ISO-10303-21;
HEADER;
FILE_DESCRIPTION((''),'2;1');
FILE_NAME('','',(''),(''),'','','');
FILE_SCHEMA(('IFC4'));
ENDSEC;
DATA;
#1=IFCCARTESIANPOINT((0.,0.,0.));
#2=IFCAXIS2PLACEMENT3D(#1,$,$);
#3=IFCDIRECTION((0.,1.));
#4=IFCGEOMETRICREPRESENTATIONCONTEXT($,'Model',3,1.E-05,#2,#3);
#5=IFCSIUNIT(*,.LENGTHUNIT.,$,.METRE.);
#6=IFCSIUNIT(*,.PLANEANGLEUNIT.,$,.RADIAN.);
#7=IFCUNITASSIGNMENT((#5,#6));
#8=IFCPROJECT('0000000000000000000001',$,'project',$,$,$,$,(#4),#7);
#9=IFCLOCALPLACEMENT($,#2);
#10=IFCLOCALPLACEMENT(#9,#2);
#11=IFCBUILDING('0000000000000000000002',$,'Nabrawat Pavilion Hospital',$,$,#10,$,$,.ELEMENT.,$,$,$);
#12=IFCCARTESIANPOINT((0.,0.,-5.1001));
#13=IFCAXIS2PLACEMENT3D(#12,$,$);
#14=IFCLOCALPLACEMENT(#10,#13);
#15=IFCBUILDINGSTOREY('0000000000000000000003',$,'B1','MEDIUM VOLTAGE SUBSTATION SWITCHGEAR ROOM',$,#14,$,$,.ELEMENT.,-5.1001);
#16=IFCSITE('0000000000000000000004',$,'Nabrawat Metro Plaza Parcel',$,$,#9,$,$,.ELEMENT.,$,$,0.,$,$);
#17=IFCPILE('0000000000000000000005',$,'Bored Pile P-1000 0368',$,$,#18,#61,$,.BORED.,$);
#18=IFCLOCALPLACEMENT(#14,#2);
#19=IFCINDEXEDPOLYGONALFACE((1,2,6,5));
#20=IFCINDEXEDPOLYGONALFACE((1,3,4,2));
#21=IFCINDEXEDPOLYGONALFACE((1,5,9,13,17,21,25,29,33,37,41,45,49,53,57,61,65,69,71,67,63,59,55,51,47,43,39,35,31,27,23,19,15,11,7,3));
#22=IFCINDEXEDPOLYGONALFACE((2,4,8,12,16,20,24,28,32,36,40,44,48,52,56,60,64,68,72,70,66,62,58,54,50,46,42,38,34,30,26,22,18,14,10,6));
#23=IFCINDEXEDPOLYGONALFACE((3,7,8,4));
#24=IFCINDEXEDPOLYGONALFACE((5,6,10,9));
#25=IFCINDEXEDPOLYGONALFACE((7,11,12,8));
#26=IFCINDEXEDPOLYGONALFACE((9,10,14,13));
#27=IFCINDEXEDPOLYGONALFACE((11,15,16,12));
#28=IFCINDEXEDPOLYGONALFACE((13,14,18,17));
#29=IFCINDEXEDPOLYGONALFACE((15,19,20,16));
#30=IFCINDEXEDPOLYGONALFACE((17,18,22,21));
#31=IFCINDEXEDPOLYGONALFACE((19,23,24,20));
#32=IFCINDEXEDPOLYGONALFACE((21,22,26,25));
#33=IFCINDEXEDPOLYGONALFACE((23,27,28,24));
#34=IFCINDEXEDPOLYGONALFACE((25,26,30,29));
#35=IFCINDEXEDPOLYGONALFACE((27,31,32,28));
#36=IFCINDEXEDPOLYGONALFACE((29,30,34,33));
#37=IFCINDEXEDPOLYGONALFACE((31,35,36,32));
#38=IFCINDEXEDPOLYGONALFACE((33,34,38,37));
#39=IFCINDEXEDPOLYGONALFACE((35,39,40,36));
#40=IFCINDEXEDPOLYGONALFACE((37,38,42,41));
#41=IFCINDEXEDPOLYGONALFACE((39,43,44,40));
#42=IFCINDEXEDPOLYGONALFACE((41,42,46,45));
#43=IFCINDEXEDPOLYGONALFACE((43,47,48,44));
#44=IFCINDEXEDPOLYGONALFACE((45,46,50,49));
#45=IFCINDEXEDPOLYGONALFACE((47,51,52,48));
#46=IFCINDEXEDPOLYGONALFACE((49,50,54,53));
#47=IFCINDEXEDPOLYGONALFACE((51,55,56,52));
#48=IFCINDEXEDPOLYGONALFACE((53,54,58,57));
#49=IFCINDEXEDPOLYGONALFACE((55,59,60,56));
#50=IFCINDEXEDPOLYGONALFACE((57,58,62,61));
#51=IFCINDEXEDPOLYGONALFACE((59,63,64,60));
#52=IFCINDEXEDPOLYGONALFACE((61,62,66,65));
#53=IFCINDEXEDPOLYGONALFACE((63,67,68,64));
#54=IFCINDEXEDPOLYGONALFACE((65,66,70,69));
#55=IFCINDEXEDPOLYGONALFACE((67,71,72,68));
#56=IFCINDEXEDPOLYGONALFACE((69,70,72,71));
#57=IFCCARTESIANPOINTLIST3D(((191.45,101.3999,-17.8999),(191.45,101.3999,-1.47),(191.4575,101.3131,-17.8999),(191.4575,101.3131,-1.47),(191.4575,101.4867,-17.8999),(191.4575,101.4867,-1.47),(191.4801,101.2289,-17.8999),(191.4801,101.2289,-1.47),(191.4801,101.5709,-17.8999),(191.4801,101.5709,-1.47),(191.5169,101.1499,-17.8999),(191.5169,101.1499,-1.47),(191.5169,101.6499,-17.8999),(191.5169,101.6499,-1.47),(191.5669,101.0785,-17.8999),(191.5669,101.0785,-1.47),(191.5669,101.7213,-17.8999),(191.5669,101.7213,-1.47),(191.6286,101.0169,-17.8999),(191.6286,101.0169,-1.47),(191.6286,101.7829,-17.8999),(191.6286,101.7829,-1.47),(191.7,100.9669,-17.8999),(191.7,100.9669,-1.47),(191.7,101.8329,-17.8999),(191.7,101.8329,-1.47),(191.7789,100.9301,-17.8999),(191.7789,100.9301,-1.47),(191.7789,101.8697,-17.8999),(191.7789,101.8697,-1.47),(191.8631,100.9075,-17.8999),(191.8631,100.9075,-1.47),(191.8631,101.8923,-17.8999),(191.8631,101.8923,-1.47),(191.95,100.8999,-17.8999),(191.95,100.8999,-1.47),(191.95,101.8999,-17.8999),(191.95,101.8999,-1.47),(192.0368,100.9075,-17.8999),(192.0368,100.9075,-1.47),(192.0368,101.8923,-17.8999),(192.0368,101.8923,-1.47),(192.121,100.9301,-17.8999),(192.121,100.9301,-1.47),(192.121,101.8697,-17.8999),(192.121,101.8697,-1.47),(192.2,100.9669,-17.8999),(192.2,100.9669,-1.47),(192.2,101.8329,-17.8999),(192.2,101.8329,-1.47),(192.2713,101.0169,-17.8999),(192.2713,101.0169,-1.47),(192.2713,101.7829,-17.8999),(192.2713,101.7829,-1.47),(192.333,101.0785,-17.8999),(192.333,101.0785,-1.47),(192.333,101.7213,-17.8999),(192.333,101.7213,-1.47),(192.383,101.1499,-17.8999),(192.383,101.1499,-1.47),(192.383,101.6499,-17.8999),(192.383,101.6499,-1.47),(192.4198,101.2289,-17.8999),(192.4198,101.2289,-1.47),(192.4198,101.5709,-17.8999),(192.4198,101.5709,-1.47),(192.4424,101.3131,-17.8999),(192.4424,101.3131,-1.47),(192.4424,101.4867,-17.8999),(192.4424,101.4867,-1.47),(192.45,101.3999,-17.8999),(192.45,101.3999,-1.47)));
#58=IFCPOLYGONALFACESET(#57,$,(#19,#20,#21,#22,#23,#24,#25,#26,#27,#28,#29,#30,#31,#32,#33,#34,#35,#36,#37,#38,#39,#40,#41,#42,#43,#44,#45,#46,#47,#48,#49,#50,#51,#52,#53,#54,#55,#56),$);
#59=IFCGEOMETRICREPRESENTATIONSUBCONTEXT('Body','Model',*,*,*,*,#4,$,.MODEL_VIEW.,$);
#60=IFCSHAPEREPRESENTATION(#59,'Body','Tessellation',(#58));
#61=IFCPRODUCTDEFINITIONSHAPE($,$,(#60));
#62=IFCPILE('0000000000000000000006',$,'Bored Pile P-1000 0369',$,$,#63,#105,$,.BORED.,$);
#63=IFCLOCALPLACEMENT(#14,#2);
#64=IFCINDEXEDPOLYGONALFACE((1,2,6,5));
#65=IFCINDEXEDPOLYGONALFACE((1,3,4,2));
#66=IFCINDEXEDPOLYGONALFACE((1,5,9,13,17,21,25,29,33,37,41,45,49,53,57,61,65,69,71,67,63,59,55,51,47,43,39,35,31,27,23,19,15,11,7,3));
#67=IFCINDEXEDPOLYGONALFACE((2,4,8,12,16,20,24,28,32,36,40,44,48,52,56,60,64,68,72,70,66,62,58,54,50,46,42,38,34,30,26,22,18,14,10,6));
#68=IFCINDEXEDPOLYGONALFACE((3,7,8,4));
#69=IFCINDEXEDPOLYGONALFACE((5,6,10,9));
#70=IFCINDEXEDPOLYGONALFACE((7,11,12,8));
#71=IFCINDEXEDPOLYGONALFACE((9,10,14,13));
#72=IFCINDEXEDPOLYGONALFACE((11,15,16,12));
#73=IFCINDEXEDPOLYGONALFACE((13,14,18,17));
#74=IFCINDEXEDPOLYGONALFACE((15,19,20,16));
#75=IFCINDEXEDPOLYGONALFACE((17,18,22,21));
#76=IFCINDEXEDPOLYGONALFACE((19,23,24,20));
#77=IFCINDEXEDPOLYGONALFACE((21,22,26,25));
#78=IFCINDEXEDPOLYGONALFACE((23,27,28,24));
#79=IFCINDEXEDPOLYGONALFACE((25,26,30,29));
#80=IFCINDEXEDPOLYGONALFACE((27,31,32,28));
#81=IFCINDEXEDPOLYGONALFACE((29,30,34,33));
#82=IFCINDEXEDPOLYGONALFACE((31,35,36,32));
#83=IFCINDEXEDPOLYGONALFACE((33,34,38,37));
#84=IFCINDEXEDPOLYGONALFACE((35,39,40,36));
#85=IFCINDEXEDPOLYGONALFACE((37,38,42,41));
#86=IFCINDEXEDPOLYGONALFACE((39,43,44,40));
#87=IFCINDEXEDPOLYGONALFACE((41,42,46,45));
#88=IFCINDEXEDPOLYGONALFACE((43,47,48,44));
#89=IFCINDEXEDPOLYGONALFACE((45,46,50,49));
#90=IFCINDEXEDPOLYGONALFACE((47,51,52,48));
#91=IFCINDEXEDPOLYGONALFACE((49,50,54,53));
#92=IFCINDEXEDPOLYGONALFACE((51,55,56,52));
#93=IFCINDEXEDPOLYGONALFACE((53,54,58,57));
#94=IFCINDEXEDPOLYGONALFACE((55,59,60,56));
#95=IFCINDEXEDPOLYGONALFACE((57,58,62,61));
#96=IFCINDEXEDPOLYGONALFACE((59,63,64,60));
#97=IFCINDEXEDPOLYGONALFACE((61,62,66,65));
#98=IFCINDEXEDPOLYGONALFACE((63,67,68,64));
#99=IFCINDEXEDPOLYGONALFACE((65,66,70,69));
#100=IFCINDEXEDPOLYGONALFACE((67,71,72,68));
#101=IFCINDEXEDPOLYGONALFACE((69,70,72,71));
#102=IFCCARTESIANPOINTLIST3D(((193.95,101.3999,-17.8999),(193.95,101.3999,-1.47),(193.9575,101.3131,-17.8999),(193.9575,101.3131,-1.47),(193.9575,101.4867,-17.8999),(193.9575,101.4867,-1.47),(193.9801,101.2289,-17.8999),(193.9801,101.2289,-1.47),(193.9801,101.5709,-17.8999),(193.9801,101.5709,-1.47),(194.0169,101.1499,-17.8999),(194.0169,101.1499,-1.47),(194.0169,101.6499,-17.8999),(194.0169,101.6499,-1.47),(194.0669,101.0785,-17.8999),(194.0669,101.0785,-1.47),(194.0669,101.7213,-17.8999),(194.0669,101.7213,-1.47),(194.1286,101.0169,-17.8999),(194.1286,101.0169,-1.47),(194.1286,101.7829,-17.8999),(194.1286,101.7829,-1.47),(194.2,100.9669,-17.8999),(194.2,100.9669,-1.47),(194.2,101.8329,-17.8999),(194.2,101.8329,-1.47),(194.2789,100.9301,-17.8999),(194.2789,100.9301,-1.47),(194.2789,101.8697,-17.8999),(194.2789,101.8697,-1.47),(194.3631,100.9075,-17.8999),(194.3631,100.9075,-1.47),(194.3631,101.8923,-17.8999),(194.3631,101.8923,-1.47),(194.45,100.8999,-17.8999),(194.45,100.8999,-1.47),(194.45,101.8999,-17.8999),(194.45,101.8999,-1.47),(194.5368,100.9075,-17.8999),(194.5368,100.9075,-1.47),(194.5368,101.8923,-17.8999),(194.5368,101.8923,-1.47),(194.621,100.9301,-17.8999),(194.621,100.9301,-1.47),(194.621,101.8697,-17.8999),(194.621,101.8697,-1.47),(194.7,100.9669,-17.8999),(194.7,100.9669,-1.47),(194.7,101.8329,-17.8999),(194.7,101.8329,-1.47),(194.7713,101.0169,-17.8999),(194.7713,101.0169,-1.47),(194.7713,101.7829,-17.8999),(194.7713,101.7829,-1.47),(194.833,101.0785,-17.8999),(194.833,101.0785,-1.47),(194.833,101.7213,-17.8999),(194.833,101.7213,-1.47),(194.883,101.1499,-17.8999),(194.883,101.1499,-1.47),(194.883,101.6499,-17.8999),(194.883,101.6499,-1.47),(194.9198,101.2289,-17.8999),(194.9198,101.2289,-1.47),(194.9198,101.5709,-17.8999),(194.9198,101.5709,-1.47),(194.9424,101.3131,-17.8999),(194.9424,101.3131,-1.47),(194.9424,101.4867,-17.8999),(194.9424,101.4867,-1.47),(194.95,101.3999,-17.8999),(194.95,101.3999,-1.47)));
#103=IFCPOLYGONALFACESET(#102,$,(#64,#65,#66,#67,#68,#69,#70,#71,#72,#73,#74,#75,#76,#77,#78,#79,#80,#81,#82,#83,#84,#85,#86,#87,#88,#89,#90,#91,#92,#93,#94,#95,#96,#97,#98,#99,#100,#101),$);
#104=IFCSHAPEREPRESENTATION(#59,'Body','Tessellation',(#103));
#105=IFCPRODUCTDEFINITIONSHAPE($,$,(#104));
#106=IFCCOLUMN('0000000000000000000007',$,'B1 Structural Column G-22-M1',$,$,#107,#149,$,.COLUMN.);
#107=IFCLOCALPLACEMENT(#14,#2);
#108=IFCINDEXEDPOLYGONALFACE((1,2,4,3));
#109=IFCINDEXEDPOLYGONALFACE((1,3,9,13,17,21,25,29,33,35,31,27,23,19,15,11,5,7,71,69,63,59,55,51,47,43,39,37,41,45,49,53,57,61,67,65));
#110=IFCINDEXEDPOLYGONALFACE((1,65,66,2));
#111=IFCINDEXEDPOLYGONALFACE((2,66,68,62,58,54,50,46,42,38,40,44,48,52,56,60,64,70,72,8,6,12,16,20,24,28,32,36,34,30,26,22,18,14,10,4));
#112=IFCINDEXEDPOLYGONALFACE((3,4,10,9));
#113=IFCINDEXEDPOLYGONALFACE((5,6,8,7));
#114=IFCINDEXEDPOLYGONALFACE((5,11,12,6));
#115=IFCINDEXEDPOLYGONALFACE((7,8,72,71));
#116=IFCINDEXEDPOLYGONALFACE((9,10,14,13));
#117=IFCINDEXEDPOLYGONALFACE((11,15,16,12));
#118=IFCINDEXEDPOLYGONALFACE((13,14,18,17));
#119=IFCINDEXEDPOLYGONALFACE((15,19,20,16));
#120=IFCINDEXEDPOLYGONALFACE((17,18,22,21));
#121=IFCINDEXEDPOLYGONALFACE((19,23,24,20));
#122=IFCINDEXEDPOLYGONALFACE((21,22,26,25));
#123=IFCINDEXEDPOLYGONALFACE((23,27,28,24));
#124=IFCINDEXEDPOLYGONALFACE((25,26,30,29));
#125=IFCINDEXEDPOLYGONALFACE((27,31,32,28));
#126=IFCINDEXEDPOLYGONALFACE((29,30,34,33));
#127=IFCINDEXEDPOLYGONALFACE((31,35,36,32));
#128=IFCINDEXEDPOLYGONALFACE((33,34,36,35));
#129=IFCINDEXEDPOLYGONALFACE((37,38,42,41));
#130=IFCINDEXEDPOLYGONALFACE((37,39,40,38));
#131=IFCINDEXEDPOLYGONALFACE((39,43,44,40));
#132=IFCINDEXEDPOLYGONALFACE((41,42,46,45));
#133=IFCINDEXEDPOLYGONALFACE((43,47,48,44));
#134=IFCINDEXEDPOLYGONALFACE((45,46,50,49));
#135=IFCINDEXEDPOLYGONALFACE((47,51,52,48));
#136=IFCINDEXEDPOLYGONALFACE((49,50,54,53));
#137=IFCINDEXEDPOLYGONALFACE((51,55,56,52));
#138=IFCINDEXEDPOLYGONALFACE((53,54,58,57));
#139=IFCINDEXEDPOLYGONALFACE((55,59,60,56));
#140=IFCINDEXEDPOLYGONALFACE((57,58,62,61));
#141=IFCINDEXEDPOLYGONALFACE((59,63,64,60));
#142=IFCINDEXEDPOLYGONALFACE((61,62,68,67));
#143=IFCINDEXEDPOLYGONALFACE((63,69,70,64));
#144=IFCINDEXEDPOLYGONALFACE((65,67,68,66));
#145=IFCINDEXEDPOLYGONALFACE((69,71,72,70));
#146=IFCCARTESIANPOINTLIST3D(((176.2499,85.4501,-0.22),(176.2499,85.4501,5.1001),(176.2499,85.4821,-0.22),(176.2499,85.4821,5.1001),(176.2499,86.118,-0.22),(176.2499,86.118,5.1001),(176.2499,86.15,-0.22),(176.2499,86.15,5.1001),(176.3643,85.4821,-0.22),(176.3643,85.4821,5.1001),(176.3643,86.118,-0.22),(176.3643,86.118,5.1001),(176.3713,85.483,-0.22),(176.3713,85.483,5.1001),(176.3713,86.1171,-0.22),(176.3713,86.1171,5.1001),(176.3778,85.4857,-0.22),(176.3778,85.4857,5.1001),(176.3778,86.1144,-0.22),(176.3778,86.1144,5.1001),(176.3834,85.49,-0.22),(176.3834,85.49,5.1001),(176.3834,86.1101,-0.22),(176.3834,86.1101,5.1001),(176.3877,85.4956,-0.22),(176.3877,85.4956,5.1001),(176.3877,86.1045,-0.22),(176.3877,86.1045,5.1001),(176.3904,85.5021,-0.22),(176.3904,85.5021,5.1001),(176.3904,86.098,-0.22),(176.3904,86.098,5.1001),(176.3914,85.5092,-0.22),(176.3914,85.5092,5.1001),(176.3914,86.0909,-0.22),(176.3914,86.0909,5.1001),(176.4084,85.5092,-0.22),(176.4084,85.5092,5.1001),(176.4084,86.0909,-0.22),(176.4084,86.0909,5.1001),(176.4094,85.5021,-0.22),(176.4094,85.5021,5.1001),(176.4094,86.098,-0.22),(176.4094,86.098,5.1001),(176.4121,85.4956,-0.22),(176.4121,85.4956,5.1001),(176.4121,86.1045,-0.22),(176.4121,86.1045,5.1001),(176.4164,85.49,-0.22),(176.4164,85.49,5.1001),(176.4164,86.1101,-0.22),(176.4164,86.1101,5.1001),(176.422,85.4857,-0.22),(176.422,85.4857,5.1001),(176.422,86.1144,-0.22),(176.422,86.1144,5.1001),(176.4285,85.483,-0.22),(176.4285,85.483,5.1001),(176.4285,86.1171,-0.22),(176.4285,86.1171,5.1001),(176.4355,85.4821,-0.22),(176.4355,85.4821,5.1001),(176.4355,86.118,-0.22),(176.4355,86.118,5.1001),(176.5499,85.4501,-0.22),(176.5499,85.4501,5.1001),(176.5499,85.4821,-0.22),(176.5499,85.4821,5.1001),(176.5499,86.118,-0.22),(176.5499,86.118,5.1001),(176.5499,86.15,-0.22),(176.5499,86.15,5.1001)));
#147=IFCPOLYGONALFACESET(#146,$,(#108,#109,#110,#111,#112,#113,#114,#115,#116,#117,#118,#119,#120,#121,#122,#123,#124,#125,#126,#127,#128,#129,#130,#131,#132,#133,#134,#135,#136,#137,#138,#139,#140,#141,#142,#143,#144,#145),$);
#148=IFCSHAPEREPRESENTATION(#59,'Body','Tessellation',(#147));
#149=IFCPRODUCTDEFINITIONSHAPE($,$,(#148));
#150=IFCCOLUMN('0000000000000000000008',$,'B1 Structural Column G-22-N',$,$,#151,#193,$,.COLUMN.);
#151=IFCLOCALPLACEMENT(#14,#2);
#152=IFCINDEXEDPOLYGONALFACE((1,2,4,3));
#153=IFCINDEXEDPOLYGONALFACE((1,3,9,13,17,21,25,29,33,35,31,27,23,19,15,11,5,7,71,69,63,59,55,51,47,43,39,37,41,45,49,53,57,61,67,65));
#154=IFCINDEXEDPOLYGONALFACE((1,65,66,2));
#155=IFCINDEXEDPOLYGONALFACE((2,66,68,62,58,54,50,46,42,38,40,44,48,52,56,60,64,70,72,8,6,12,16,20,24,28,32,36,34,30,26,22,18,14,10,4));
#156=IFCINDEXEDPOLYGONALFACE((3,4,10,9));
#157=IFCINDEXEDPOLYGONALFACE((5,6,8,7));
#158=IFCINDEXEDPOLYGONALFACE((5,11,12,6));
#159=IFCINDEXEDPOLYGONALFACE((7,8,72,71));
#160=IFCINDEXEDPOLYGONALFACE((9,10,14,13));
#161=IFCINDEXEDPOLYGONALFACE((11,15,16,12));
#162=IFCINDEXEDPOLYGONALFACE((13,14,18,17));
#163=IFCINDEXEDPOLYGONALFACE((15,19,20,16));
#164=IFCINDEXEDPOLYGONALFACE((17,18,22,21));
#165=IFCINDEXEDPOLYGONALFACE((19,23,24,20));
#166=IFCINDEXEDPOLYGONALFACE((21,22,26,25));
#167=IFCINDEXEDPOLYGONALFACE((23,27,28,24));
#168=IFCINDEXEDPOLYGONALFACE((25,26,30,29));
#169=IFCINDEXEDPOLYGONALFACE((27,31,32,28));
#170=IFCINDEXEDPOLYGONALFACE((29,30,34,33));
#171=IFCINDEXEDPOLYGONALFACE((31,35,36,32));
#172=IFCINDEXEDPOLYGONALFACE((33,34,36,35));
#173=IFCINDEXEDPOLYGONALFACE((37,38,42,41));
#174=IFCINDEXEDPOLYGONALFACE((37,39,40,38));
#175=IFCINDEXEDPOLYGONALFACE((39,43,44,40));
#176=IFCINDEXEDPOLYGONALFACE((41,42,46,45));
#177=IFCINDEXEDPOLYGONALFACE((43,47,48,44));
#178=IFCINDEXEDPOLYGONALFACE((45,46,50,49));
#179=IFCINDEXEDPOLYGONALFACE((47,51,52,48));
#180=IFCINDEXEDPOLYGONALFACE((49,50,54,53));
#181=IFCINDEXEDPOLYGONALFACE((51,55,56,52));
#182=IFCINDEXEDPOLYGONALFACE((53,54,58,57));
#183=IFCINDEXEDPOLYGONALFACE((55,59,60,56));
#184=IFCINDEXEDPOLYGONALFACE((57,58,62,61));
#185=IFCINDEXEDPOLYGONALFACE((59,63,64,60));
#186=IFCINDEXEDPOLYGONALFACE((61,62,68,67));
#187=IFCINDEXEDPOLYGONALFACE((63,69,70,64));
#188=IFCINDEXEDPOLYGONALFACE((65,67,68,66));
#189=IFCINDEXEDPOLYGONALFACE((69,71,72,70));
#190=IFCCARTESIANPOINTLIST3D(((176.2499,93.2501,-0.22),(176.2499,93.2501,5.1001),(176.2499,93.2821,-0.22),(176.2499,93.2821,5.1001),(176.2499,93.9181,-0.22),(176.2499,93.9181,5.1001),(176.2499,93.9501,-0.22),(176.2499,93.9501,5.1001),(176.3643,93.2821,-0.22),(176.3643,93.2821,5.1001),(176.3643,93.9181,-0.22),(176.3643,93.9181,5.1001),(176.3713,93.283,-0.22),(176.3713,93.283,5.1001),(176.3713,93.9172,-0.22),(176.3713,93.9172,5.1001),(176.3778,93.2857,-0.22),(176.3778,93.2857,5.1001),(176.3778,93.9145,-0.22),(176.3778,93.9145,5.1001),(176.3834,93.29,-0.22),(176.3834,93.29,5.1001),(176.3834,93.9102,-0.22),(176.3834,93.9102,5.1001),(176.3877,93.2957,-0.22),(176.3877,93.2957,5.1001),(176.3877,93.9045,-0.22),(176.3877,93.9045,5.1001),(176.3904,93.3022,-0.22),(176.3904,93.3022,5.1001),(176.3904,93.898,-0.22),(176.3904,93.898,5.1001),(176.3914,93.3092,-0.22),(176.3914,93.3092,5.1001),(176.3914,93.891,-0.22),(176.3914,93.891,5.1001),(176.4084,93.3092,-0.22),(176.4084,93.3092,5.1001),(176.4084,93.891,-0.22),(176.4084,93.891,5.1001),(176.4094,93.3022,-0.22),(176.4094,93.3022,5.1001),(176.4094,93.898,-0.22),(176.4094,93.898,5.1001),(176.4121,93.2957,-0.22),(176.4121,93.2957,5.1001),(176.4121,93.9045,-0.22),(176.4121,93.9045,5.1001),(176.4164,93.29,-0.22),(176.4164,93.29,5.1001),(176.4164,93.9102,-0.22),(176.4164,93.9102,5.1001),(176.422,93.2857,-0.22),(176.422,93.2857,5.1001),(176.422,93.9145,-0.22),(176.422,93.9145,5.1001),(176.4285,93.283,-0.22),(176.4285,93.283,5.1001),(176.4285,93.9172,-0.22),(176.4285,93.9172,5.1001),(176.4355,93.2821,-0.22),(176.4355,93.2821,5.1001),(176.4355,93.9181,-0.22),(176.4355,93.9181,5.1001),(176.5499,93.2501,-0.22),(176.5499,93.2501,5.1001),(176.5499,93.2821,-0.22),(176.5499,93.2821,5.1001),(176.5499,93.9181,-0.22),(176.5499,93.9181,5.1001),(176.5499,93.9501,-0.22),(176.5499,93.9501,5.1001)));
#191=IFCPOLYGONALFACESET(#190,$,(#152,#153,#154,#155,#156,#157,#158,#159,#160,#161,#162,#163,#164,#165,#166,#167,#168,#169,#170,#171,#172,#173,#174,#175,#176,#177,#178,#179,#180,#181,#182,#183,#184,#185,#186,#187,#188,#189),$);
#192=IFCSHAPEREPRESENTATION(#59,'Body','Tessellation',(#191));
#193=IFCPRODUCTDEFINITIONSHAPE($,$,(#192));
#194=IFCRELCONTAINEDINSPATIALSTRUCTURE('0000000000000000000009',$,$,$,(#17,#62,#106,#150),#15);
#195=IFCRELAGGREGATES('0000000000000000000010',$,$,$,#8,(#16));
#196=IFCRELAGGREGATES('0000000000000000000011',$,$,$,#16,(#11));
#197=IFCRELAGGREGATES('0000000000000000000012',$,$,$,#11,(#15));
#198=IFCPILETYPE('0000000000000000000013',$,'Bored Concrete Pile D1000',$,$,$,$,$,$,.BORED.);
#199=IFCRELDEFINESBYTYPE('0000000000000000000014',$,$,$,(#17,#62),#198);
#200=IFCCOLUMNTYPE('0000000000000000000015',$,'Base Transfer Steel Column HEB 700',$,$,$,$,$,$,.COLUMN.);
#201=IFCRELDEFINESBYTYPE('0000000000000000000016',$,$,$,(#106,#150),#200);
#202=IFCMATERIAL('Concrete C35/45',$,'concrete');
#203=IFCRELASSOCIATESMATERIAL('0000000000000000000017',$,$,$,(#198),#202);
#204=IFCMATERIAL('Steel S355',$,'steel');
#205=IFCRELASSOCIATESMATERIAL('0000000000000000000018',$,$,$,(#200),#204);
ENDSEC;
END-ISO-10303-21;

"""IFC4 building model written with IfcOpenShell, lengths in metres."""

from ifc_helpers import new_model, si_unit, direction, frame, origin, origin_2d, place, context, subcontext, project, spatial, circle, i_section, extrude, material, material_profile, profile_set, type_object, element, save


model = new_model("IFC4")

# Units and contexts
model_context = context("Model", 3, precision=1e-05, world=origin(), true_north=direction((0.0, 1.0)))
body_context = subcontext(model_context, "Body", "Model", "MODEL_VIEW")
ifc_project = project(units=[si_unit("LENGTHUNIT", "METRE"), si_unit("PLANEANGLEUNIT", "RADIAN")], contexts=[model_context])

# Site, building, storey
site_placement = place(None, origin())
site = spatial("IfcSite", under=ifc_project, at=site_placement, Name="Nabrawat Metro Plaza Parcel", CompositionType="ELEMENT", RefElevation=0.0)
building_placement = place(site_placement, origin())
building = spatial("IfcBuilding", under=site, at=building_placement, Name="Nabrawat Pavilion Hospital", CompositionType="ELEMENT")
storey_placement = place(building_placement, frame((0.0, 0.0, -5.1001)))
storey = spatial("IfcBuildingStorey", under=building, at=storey_placement, Name="B1", Description="MEDIUM VOLTAGE SUBSTATION SWITCHGEAR ROOM", CompositionType="ELEMENT", Elevation=-5.1001)

# Piles
ifc_material_1 = material(Name="Concrete C35/45", Category="concrete")
ifc_material_profile_1 = material_profile(ifc_material_1, circle(Radius=0.5, at=origin_2d()), Name="DIA 1000")
ifc_profile_set_1 = profile_set([ifc_material_profile_1], Name="Concrete C35/45")
pile_type = type_object("IfcPileType", Name="Bored Concrete Pile D1000", PredefinedType="BORED", material=ifc_profile_set_1)
for number, where, z_axis, x_axis, name in (
    (1, (191.95, 101.3999, -1.47), (0.0, 0.0, -1.0), (1.0, 0.0, 0.0), "Bored Pile P-1000 0368"),
    (2, (194.45, 101.3999, -1.47), (0.0, 0.0, -1.0), (1.0, 0.0, 0.0), "Bored Pile P-1000 0369"),
):
    element("IfcPile", number, at=place(storey_placement, frame(where, z_axis=z_axis, x_axis=x_axis)), inside=storey, type_object=pile_type, Name=name, PredefinedType="BORED", context=body_context, shape_type="SweptSolid", body=[
        extrude(circle(Radius=0.5, at=origin_2d()), origin(), (0.0, 0.0, 1.0), 16.4299),
    ])

# Columns
ifc_material_2 = material(Name="Steel S355", Category="steel")
ifc_material_profile_2 = material_profile(ifc_material_2, i_section(OverallWidth=0.3, OverallDepth=0.7, WebThickness=0.0171, FlangeThickness=0.032, FilletRadius=0.0271, at=origin_2d()), Name="HEB 700")
ifc_profile_set_2 = profile_set([ifc_material_profile_2], Name="Steel S355")
column_type = type_object("IfcColumnType", Name="Base Transfer Steel Column HEB 700", PredefinedType="COLUMN", material=ifc_profile_set_2)
for number, where, z_axis, x_axis, name in (
    (3, (176.3999, 85.8, -0.22), (0.0, 0.0, 1.0), (1.0, 0.0, 0.0), "B1 Structural Column G-22-M1"),
    (4, (176.3999, 93.6001, -0.22), (0.0, 0.0, 1.0), (1.0, 0.0, 0.0), "B1 Structural Column G-22-N"),
):
    element("IfcColumn", number, at=place(storey_placement, frame(where, z_axis=z_axis, x_axis=x_axis)), inside=storey, type_object=column_type, Name=name, PredefinedType="COLUMN", context=body_context, shape_type="SweptSolid", body=[
        extrude(i_section(OverallWidth=0.3, OverallDepth=0.7, WebThickness=0.0171, FlangeThickness=0.032, FilletRadius=0.0271, at=origin_2d()), origin(), (0.0, 0.0, 1.0), 5.3201),
    ])

save(model, "model.ifc")
